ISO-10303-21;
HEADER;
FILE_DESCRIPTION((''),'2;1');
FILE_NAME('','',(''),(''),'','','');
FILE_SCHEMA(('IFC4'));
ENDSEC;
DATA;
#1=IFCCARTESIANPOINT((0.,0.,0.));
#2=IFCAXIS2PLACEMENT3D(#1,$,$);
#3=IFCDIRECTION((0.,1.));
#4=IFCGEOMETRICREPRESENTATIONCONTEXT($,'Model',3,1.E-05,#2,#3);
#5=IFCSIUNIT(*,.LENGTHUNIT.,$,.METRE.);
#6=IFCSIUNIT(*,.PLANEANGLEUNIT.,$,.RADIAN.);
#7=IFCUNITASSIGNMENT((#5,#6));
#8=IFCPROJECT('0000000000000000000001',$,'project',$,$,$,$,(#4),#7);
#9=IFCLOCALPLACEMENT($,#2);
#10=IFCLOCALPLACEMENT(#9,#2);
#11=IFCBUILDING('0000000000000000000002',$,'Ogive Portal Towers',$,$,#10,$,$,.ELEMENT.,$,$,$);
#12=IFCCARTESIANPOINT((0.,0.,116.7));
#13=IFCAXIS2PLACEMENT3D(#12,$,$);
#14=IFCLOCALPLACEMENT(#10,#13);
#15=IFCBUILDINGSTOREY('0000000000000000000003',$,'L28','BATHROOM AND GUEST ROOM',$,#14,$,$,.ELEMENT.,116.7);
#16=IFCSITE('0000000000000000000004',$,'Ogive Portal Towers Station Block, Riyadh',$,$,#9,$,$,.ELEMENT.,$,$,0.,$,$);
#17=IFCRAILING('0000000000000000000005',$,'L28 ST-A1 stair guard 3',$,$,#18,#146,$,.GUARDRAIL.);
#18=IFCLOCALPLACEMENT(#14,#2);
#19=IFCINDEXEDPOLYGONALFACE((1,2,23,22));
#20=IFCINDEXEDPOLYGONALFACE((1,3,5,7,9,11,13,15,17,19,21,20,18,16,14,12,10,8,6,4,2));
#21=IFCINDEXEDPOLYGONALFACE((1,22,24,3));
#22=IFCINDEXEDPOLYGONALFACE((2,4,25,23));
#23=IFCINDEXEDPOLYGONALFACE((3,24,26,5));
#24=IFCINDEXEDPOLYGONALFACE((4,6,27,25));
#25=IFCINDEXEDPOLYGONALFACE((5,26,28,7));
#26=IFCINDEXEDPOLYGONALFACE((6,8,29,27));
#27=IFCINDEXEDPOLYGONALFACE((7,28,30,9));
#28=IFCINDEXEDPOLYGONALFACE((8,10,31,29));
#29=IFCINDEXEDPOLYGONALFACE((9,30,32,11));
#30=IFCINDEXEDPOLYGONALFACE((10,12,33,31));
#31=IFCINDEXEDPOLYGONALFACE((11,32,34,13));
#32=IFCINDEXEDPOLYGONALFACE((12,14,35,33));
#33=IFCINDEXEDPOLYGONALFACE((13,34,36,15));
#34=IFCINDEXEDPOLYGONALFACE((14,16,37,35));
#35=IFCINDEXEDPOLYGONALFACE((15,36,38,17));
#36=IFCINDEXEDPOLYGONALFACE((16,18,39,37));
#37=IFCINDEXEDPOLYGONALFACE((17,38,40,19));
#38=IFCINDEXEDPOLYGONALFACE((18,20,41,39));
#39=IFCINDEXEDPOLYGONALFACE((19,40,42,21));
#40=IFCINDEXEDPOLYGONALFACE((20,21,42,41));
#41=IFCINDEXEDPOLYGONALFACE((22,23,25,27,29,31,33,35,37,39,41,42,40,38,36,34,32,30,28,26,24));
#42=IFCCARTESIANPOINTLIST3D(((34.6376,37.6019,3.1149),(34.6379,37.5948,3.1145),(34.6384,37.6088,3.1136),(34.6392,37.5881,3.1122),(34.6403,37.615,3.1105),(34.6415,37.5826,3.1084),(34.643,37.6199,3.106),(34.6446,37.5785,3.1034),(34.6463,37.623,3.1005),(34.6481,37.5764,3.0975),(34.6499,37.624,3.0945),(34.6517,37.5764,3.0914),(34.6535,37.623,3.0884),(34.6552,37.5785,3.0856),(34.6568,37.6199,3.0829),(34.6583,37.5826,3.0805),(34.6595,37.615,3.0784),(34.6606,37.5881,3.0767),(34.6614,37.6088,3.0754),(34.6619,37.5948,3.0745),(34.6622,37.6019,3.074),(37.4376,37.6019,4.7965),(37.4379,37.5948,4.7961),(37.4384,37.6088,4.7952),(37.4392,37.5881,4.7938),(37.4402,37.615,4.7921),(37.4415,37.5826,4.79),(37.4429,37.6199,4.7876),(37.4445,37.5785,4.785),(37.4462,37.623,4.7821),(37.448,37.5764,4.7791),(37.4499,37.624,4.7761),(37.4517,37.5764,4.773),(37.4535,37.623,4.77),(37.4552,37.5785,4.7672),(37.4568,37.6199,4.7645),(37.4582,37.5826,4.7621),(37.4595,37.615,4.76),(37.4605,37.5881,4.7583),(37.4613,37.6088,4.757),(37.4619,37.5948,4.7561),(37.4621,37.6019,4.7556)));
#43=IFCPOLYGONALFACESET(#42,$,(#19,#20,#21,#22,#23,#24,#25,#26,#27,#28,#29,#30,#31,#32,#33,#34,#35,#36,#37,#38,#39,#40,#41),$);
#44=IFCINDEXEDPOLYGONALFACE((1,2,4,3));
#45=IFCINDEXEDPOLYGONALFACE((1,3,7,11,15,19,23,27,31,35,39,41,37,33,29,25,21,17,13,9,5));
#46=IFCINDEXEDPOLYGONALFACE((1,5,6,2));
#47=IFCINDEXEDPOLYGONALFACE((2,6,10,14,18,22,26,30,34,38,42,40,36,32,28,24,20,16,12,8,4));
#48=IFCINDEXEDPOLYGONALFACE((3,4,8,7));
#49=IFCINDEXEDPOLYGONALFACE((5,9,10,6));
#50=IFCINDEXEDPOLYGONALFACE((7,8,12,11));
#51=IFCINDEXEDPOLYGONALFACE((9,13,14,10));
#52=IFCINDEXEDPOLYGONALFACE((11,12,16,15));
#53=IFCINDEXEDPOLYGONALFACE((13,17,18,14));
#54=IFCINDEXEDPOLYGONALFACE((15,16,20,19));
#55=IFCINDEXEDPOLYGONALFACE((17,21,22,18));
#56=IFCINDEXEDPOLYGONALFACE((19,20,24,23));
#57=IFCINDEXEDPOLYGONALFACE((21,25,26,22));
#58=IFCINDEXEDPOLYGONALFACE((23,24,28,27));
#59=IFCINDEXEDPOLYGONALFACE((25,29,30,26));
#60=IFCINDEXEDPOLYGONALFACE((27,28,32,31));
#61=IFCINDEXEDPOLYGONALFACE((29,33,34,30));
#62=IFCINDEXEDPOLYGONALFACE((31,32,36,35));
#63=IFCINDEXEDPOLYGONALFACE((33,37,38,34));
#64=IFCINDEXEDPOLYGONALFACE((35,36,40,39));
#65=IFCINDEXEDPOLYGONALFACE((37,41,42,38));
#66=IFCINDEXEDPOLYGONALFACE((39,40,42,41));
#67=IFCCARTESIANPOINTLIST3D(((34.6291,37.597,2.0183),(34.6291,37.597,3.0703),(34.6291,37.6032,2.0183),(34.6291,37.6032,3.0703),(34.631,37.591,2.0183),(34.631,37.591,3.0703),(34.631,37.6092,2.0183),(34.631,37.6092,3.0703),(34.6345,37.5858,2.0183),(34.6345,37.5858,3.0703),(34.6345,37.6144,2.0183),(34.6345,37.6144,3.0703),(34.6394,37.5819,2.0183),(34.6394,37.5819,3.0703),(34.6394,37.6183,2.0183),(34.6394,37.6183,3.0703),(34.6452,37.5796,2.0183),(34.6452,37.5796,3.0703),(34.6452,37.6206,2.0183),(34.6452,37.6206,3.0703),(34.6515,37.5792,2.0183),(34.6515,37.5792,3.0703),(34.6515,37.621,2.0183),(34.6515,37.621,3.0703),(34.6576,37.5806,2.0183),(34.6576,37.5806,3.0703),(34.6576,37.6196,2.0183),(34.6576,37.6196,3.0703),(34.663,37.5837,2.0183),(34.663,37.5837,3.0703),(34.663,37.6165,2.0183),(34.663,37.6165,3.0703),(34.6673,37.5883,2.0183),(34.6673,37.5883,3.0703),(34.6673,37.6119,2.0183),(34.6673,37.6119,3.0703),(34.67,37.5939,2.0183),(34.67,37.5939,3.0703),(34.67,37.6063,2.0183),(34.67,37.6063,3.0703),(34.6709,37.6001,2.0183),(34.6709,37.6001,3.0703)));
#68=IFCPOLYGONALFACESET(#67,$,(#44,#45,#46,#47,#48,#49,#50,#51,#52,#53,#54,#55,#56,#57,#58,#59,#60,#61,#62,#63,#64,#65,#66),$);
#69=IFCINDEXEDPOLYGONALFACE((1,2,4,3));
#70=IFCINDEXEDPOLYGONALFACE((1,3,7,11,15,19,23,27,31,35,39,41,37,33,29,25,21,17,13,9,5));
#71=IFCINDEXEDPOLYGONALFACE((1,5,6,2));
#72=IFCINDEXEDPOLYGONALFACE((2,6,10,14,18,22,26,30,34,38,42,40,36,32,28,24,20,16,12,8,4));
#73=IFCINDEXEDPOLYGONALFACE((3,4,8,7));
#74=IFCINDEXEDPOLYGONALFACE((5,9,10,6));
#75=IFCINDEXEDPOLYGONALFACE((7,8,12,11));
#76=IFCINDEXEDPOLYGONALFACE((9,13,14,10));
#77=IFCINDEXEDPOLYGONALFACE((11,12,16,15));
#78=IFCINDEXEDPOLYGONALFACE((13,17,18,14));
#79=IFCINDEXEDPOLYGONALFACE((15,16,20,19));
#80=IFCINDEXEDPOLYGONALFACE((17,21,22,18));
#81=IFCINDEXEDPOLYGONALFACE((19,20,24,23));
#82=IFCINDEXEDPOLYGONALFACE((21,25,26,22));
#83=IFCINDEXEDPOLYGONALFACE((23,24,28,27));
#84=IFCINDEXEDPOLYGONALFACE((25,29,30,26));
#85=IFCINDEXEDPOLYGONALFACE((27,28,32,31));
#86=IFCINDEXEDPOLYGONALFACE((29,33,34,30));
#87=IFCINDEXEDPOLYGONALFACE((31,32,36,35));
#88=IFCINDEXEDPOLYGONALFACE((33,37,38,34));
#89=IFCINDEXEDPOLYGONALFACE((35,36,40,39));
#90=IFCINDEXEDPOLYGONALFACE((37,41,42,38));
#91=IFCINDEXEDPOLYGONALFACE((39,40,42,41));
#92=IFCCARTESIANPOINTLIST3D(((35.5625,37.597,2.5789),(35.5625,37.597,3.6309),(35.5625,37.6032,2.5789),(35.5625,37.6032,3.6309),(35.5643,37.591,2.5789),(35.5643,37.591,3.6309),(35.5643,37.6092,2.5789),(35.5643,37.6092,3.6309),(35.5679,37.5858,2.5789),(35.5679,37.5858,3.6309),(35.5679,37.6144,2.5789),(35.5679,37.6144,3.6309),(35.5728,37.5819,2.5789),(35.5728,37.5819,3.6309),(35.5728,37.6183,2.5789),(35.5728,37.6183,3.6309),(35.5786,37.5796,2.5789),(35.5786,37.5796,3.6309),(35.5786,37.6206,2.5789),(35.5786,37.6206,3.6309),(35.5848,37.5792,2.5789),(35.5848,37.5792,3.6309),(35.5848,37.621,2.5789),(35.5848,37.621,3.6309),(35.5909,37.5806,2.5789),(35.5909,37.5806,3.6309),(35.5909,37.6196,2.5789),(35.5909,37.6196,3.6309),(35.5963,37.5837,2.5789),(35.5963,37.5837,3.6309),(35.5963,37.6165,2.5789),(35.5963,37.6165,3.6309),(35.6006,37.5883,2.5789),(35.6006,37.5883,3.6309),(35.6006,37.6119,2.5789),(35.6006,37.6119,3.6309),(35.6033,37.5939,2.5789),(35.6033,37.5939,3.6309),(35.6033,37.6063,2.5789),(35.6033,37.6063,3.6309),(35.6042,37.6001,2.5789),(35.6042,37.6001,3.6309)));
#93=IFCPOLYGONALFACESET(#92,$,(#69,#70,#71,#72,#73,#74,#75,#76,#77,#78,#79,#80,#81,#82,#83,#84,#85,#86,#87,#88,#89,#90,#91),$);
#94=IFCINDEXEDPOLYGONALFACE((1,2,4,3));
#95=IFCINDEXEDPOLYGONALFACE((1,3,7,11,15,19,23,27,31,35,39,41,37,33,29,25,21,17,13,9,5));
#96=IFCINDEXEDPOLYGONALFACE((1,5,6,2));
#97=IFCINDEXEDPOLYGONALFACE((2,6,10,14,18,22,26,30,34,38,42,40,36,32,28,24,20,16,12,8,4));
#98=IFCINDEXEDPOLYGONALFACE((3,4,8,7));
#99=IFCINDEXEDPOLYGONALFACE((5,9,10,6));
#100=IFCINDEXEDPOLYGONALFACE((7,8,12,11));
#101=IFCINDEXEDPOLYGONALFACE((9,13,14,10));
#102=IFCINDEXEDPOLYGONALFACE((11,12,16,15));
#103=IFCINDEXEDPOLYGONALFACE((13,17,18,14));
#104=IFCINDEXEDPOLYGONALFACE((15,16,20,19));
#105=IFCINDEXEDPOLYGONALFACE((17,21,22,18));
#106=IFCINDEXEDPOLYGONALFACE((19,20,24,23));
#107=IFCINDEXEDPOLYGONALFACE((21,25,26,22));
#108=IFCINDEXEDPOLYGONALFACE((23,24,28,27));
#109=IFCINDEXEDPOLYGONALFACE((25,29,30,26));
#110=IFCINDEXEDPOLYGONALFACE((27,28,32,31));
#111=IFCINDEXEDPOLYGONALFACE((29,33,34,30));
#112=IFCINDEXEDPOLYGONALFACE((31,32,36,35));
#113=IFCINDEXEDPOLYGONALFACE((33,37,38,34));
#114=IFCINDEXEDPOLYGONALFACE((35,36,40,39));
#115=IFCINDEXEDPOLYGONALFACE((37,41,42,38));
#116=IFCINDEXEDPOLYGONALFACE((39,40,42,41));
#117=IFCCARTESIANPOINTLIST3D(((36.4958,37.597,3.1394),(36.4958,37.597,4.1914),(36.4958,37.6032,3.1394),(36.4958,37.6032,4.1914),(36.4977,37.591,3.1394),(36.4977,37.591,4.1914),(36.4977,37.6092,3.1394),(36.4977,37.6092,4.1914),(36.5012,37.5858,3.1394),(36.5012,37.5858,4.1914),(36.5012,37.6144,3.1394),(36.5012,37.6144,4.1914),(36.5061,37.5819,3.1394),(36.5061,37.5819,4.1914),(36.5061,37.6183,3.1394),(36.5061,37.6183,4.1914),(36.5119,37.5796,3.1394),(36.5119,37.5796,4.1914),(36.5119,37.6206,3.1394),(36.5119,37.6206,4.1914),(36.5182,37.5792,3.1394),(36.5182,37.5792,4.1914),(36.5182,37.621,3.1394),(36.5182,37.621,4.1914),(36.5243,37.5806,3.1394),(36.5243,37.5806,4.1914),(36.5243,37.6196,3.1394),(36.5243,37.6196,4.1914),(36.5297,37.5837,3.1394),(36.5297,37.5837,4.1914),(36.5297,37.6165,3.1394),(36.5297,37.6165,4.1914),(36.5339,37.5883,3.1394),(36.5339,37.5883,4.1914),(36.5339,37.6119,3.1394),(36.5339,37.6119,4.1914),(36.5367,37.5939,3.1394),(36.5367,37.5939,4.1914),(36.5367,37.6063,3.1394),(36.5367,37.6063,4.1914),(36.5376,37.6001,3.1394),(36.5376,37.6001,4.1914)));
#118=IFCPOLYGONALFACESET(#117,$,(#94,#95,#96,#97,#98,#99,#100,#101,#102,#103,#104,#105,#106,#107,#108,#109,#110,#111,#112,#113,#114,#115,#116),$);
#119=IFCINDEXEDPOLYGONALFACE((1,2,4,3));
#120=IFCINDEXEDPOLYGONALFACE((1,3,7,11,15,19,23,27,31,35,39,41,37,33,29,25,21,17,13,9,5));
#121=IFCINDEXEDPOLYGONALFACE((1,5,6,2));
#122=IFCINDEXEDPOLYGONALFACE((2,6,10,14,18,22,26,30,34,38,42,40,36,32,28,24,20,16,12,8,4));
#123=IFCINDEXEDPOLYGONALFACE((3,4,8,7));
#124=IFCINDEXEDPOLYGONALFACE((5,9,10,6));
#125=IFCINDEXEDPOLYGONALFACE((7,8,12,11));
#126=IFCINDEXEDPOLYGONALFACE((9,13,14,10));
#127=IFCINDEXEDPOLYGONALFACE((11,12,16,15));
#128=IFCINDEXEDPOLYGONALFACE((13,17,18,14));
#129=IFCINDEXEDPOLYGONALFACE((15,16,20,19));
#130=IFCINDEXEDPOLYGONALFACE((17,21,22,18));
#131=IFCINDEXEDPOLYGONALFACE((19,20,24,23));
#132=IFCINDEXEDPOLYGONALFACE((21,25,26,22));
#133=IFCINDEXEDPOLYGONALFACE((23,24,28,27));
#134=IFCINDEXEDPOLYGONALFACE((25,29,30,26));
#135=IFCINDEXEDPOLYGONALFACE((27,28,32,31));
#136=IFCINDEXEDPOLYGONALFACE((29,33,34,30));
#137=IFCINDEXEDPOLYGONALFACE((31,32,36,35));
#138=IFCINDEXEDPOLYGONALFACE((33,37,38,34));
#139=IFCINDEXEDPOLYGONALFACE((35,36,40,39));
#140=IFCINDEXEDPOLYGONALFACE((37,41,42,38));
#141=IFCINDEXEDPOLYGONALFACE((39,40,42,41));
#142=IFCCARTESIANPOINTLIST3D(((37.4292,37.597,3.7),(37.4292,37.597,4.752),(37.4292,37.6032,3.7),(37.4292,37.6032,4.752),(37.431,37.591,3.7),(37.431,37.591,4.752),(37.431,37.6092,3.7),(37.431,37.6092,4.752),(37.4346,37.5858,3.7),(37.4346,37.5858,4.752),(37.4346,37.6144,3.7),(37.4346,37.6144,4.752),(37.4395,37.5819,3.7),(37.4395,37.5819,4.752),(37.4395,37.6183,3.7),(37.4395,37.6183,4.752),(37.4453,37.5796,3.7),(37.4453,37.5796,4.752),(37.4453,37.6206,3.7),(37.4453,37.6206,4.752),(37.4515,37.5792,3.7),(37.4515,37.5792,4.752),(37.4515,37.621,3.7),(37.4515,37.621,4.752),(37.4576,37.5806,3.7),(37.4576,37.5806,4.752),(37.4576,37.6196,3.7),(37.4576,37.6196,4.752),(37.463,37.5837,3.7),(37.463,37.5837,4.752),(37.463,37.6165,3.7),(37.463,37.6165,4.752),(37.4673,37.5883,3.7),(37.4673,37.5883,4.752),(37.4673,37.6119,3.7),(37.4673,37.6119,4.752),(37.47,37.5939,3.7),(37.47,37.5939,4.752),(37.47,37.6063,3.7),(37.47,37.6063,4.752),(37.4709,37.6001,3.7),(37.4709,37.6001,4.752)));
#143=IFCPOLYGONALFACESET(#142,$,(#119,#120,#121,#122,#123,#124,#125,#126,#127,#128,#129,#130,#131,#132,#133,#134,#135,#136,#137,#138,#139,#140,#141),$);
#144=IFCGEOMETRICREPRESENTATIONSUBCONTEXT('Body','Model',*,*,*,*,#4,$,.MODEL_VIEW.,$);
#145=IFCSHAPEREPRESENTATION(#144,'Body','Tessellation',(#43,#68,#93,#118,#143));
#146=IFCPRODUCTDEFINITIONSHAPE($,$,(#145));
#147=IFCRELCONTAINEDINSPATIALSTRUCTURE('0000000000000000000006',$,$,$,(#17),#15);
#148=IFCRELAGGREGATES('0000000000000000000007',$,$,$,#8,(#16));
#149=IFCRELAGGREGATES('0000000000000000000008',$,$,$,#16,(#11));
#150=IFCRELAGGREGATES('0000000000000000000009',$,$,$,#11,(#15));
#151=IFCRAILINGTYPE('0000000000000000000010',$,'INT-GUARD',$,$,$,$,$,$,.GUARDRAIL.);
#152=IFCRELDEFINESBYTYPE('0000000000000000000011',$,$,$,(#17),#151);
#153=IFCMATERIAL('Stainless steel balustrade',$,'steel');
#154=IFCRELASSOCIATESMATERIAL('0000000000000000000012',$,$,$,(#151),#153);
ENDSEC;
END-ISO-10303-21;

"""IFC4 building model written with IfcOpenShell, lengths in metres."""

from ifc_helpers import new_model, si_unit, direction, frame, origin, origin_2d, place, context, subcontext, project, spatial, circle, extrude, material, type_object, element, save


model = new_model("IFC4")

# Units and contexts
model_context = context("Model", 3, precision=1e-05, world=origin(), true_north=direction((0.0, 1.0)))
body_context = subcontext(model_context, "Body", "Model", "MODEL_VIEW")
ifc_project = project(units=[si_unit("LENGTHUNIT", "METRE"), si_unit("PLANEANGLEUNIT", "RADIAN")], contexts=[model_context])

# Site, building, storey
site_placement = place(None, origin())
site = spatial("IfcSite", under=ifc_project, at=site_placement, Name="Ogive Portal Towers Station Block, Riyadh", CompositionType="ELEMENT", RefElevation=0.0)
building_placement = place(site_placement, origin())
building = spatial("IfcBuilding", under=site, at=building_placement, Name="Ogive Portal Towers", CompositionType="ELEMENT")
storey_placement = place(building_placement, frame((0.0, 0.0, 116.7)))
storey = spatial("IfcBuildingStorey", under=building, at=storey_placement, Name="L28", Description="BATHROOM AND GUEST ROOM", CompositionType="ELEMENT", Elevation=116.7)

# Railing
ifc_material_1 = material(Name="Stainless steel balustrade", Category="steel")
railing_type_1 = type_object("IfcRailingType", Name="INT-GUARD", PredefinedType="GUARDRAIL", material=ifc_material_1)
railing_1_placement = place(storey_placement, frame((34.6499, 37.6001, 2.0183)))
element("IfcRailing", 1, at=railing_1_placement, inside=storey, type_object=railing_type_1, Name="L28 ST-A1 stair guard 3", PredefinedType="GUARDRAIL", context=body_context, shape_type="SweptSolid", body=[
    extrude(circle(Radius=0.0239, at=origin_2d()), frame((0.0, 0.0, 1.0762), z_axis=(0.857275, 0.0, 0.514858), x_axis=(0.0, 1.0, 0.0)), (0.0, 0.0, 1.0), 3.2661),
    extrude(circle(Radius=0.021, at=origin_2d()), origin(), (0.0, 0.0, 1.0), 1.052),
    extrude(circle(Radius=0.021, at=origin_2d()), frame((0.9333, 0.0, 0.5605)), (0.0, 0.0, 1.0), 1.052),
    extrude(circle(Radius=0.021, at=origin_2d()), frame((1.8667, 0.0, 1.1211)), (0.0, 0.0, 1.0), 1.052),
    extrude(circle(Radius=0.021, at=origin_2d()), frame((2.8, 0.0, 1.6816)), (0.0, 0.0, 1.0), 1.052),
])

save(model, "model.ifc")
